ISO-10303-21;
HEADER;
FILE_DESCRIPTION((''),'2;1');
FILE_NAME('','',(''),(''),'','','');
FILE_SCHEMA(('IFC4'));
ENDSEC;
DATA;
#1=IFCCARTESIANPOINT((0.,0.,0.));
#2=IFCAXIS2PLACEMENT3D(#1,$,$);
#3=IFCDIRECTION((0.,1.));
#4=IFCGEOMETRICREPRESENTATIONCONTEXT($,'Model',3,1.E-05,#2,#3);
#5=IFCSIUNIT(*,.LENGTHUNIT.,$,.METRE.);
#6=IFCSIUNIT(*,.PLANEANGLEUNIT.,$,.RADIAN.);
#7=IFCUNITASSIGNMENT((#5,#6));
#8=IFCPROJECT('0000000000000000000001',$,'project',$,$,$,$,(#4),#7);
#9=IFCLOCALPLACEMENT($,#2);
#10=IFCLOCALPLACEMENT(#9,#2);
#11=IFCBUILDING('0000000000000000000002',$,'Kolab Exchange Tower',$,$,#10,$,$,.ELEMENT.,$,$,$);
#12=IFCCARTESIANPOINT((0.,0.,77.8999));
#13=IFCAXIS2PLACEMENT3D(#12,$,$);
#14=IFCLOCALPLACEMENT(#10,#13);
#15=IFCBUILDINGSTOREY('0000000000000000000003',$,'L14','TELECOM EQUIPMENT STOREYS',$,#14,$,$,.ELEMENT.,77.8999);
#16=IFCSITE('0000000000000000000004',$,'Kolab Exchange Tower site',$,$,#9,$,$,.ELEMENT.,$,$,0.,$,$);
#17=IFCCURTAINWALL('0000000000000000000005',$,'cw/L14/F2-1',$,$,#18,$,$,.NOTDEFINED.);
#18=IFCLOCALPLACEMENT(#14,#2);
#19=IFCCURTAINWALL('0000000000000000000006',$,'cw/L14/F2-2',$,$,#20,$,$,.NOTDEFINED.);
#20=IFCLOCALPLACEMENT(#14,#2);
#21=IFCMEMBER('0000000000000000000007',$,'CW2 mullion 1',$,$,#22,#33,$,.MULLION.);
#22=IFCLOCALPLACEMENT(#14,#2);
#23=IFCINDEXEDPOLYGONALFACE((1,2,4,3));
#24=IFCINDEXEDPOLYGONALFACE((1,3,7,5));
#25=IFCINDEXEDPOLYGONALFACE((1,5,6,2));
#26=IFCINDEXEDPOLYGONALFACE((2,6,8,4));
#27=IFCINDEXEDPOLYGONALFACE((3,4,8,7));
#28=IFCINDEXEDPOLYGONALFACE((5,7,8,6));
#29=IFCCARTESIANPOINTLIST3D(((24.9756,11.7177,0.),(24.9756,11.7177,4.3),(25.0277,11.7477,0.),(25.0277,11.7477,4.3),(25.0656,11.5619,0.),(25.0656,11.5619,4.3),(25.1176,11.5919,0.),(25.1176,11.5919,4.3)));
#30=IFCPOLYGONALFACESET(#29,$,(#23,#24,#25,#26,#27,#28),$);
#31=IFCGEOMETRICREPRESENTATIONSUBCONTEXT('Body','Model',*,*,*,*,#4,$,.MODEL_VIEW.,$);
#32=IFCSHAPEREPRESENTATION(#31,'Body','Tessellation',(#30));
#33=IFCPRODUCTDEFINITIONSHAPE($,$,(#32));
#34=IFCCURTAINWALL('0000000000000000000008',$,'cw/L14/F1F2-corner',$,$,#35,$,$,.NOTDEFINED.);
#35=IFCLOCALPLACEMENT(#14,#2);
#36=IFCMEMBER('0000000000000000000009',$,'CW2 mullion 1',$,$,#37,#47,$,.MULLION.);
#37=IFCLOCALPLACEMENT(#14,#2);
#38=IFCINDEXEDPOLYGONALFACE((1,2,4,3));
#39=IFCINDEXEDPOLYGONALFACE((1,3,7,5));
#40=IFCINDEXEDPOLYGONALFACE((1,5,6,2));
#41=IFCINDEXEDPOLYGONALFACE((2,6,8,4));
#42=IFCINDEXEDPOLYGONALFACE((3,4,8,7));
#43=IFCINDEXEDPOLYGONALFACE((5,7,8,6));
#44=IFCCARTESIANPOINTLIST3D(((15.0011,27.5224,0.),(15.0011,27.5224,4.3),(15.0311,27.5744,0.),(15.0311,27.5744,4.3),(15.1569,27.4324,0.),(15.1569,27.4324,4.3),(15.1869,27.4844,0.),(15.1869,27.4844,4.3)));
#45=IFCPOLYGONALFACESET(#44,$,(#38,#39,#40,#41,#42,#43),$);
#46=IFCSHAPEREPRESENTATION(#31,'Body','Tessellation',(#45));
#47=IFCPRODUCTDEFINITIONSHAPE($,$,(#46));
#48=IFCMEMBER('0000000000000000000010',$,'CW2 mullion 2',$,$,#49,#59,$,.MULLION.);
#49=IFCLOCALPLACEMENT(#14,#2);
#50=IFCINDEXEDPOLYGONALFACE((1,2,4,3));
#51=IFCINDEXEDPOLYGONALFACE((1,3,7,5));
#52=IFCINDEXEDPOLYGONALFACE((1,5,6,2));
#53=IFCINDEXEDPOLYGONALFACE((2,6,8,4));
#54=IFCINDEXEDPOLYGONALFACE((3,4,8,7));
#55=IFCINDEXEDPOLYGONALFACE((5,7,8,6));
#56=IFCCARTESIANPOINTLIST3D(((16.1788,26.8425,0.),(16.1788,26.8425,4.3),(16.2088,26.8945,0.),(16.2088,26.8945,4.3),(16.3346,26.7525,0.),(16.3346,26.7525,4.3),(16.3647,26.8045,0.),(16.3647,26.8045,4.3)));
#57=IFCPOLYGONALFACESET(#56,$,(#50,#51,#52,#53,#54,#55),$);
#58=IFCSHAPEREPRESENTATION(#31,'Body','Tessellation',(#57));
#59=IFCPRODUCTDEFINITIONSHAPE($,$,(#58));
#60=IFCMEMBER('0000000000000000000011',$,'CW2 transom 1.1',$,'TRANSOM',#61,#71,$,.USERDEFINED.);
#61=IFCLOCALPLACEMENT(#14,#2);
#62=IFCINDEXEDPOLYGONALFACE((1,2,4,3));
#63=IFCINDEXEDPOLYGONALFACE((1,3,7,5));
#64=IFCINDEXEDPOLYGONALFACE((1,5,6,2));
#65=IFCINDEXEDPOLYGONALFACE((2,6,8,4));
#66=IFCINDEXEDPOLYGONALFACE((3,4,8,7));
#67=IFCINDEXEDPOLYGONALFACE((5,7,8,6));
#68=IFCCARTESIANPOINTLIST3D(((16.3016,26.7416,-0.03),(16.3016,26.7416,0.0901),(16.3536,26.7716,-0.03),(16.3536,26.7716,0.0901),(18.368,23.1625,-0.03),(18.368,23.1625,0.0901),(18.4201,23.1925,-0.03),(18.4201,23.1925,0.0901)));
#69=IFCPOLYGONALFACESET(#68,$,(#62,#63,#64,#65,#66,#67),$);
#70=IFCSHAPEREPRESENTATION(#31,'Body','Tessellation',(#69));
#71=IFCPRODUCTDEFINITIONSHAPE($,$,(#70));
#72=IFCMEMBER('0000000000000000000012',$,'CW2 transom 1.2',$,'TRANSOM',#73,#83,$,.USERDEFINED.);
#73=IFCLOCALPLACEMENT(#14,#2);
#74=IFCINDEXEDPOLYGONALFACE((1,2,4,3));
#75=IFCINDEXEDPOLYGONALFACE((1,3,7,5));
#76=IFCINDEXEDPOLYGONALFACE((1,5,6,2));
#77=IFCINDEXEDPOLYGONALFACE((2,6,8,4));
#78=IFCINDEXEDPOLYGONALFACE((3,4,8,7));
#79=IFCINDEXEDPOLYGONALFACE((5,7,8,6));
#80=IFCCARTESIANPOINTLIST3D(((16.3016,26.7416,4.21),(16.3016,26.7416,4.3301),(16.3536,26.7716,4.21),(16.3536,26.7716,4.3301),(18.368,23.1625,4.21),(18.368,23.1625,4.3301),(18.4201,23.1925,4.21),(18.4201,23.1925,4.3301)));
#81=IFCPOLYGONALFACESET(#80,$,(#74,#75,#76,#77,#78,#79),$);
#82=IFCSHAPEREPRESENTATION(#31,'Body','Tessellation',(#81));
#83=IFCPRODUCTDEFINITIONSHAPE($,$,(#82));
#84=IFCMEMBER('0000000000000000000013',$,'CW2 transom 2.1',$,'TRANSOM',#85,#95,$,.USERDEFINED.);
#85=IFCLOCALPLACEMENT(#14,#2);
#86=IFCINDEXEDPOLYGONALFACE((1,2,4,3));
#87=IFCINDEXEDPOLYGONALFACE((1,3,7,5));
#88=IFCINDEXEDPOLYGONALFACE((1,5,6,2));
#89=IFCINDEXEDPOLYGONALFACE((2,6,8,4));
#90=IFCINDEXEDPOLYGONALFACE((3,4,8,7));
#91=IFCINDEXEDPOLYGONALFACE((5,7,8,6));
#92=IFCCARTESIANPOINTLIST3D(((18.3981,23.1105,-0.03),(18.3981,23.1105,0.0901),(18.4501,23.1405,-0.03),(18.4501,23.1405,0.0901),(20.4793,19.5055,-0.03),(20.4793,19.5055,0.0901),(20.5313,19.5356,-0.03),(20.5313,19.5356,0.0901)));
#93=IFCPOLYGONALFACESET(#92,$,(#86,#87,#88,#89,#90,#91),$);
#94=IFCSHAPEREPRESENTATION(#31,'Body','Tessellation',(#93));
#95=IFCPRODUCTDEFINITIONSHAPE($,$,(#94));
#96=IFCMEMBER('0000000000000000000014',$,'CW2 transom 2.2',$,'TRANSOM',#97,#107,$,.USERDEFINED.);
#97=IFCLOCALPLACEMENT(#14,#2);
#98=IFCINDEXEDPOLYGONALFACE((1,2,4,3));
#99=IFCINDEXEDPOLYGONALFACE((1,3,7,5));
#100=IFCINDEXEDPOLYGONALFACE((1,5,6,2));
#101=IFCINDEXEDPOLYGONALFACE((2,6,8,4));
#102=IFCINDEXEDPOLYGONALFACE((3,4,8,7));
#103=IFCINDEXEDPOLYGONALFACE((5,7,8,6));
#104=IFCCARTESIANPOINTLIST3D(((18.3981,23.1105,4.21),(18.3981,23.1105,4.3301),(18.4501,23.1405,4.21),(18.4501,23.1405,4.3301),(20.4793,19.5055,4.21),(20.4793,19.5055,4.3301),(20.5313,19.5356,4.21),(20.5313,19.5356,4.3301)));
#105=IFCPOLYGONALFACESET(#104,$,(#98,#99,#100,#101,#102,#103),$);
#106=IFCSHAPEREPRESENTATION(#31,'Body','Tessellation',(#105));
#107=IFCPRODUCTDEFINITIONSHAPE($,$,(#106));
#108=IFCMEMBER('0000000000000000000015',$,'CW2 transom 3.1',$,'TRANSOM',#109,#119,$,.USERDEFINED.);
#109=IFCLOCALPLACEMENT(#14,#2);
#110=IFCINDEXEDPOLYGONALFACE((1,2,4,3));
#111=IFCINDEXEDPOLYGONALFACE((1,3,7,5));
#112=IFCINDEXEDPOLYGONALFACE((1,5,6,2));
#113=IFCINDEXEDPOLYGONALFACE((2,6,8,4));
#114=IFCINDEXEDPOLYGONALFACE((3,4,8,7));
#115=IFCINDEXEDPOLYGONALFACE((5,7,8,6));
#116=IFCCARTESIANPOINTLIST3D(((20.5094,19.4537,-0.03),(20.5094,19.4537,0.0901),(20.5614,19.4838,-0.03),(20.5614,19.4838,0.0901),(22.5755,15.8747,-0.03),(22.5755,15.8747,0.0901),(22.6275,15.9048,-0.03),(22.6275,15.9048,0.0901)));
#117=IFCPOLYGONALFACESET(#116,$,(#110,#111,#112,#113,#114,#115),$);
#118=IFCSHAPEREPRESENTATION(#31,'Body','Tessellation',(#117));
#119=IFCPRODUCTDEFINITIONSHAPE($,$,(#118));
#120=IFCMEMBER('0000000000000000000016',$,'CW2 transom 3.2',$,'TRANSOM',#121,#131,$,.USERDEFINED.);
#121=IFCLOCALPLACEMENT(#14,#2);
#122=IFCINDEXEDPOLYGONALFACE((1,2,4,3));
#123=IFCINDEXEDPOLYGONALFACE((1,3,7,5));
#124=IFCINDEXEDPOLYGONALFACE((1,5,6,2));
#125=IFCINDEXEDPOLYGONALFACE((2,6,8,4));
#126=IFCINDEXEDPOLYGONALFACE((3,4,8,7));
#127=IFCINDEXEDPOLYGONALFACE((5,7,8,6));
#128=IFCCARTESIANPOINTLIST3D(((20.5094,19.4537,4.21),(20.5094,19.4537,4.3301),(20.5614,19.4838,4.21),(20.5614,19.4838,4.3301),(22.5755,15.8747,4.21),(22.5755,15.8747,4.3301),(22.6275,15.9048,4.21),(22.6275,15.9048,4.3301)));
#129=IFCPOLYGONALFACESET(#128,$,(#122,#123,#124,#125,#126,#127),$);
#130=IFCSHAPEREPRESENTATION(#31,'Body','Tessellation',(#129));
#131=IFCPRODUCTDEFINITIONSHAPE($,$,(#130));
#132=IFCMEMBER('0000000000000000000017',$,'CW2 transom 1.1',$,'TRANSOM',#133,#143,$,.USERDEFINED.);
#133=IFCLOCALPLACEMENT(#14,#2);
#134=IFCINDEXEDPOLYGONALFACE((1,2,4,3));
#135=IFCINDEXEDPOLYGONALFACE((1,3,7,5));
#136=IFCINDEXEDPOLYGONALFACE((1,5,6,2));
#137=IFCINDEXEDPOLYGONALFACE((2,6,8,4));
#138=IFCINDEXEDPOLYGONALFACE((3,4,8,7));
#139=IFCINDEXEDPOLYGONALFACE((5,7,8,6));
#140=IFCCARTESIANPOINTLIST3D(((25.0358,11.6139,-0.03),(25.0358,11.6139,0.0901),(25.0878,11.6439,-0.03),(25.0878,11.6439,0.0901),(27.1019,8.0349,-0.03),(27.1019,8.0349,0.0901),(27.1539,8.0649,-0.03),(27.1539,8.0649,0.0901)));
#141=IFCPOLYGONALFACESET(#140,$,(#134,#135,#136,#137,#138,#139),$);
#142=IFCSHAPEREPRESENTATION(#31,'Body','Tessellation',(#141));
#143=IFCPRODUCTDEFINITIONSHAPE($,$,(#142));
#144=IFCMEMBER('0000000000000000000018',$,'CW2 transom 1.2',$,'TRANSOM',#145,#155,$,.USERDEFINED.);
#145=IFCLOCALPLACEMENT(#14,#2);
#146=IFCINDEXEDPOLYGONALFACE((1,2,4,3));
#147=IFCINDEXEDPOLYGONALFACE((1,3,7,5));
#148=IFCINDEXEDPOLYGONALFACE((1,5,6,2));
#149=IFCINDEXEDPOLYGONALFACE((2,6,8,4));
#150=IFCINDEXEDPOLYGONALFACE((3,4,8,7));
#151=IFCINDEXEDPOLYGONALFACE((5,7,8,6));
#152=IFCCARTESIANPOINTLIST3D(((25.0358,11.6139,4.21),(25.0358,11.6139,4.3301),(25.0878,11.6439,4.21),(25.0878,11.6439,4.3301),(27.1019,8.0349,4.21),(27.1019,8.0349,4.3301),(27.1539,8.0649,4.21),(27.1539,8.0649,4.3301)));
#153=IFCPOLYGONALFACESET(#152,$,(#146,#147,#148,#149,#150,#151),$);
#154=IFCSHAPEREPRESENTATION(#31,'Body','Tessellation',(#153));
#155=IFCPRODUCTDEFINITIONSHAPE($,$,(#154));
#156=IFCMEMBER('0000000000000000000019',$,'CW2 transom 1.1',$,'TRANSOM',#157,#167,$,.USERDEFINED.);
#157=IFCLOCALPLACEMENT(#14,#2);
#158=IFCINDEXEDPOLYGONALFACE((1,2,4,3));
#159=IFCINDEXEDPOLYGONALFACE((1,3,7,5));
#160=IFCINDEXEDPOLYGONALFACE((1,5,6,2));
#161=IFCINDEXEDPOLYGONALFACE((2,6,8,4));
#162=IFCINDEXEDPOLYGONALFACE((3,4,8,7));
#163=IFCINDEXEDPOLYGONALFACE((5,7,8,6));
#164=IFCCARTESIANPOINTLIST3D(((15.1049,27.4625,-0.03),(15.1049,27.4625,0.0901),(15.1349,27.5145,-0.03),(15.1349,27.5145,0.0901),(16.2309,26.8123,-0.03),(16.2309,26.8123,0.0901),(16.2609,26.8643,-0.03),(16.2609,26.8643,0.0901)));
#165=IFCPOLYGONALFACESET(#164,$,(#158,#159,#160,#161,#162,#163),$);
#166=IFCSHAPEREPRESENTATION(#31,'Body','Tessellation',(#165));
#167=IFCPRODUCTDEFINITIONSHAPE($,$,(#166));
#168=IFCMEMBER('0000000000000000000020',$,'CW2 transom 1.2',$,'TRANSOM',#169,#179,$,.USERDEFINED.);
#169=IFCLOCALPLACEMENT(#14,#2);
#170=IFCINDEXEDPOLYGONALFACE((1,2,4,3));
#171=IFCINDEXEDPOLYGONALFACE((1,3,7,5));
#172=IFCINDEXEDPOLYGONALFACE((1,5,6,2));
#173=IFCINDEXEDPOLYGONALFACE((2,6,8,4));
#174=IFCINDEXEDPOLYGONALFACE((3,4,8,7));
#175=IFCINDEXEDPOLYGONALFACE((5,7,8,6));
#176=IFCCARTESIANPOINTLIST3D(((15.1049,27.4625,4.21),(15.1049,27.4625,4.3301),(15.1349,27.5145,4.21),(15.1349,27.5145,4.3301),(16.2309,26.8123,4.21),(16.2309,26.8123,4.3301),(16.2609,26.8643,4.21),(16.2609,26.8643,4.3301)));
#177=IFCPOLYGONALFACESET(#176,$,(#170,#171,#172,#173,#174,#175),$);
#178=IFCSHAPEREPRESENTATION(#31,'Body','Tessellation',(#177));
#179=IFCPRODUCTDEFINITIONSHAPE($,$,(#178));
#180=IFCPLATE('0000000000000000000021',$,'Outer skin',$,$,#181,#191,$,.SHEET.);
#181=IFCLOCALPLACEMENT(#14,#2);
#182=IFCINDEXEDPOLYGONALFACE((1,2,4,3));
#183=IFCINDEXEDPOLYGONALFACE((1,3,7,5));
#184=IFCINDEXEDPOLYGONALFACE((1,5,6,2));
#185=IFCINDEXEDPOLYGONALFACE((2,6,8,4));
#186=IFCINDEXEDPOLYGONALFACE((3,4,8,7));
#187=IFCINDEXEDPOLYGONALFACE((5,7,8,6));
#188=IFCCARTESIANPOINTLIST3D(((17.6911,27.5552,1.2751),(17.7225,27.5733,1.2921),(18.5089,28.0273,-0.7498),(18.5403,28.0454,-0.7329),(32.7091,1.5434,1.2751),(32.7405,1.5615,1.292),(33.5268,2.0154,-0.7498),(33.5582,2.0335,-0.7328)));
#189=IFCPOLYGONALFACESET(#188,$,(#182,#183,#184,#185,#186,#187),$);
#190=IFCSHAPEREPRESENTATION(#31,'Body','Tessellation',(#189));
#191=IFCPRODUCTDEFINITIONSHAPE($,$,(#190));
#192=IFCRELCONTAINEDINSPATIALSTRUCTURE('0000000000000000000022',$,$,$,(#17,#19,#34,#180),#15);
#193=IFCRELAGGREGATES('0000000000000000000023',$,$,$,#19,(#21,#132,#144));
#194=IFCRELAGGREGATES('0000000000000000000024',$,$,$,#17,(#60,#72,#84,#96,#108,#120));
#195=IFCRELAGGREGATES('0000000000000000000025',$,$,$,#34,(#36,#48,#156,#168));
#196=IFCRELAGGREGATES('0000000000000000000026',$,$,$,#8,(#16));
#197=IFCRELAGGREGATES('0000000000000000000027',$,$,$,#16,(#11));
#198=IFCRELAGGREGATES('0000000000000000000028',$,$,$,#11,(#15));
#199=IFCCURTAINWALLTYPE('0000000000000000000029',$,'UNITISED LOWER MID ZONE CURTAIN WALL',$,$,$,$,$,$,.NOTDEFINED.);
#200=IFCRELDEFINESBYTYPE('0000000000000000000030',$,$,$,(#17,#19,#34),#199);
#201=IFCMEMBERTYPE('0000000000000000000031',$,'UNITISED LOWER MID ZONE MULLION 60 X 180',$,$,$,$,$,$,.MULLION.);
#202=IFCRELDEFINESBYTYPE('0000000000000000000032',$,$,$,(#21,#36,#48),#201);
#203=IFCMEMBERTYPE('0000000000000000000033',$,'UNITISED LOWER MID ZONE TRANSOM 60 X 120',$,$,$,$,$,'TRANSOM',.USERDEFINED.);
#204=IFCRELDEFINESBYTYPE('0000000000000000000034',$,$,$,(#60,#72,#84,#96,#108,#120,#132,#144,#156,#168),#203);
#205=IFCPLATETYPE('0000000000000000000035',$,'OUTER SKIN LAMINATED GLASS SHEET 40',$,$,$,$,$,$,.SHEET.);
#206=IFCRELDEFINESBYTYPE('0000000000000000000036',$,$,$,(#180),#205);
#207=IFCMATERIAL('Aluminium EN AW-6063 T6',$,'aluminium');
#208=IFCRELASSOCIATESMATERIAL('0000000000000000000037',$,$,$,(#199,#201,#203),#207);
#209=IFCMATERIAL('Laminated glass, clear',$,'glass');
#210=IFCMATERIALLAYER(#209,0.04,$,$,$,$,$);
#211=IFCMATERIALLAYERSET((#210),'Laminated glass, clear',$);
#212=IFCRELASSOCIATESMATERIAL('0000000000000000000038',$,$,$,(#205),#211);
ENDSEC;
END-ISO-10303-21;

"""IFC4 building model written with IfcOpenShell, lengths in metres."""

from ifc_helpers import new_model, si_unit, direction, frame, origin, origin_2d, place, context, subcontext, project, spatial, polyline, rectangle, outline, extrude, material, layer, layer_set, material_profile, profile_set, type_object, element, aggregate, save


model = new_model("IFC4")

# Units and contexts
model_context = context("Model", 3, precision=1e-05, world=origin(), true_north=direction((0.0, 1.0)))
body_context = subcontext(model_context, "Body", "Model", "MODEL_VIEW")
ifc_project = project(units=[si_unit("LENGTHUNIT", "METRE"), si_unit("PLANEANGLEUNIT", "RADIAN")], contexts=[model_context])

# Site, building, storey
site_placement = place(None, origin())
site = spatial("IfcSite", under=ifc_project, at=site_placement, Name="Kolab Exchange Tower site", CompositionType="ELEMENT", RefElevation=0.0)
building_placement = place(site_placement, origin())
building = spatial("IfcBuilding", under=site, at=building_placement, Name="Kolab Exchange Tower", CompositionType="ELEMENT")
storey_placement = place(building_placement, frame((0.0, 0.0, 77.8999)))
storey = spatial("IfcBuildingStorey", under=building, at=storey_placement, Name="L14", Description="TELECOM EQUIPMENT STOREYS", CompositionType="ELEMENT", Elevation=77.8999)

# Shared definitions
ifc_material_1 = material(Name="Aluminium EN AW-6063 T6", Category="aluminium")
curtain_wall_type = type_object("IfcCurtainWallType", Name="UNITISED LOWER MID ZONE CURTAIN WALL", PredefinedType="NOTDEFINED", material=ifc_material_1)
ifc_material_profile_1 = material_profile(ifc_material_1, rectangle(XDim=0.0601, YDim=0.1799, at=origin_2d()), Name="RECT 60X180")
ifc_profile_set_1 = profile_set([ifc_material_profile_1], Name="Aluminium EN AW-6063 T6")
member_type_1 = type_object("IfcMemberType", Name="UNITISED LOWER MID ZONE MULLION 60 X 180", PredefinedType="MULLION", material=ifc_profile_set_1)

# Curtain wall
curtain_wall_1_placement = place(storey_placement, origin())
curtain_wall_1 = element("IfcCurtainWall", 1, at=curtain_wall_1_placement, inside=storey, type_object=curtain_wall_type, Name="cw/L14/F2-1", PredefinedType="NOTDEFINED")

# Curtain wall, member
curtain_wall_2_placement = place(storey_placement, origin())
curtain_wall_2 = element("IfcCurtainWall", 2, at=curtain_wall_2_placement, inside=storey, type_object=curtain_wall_type, Name="cw/L14/F2-2", PredefinedType="NOTDEFINED")
member_1_placement = place(storey_placement, frame((25.0466, 11.6548, 0.0), z_axis=(0.0, 0.0, 1.0), x_axis=(0.866025, 0.5, 0.0)))
member_1 = element("IfcMember", 3, at=member_1_placement, type_object=member_type_1, Name="CW2 mullion 1", PredefinedType="MULLION", context=body_context, shape_type="SweptSolid", body=[
    extrude(rectangle(XDim=0.0601, YDim=0.1799, at=origin_2d()), origin(), (0.0, 0.0, 1.0), 4.3),
])

# Curtain wall, members
curtain_wall_3_placement = place(storey_placement, origin())
curtain_wall_3 = element("IfcCurtainWall", 4, at=curtain_wall_3_placement, inside=storey, type_object=curtain_wall_type, Name="cw/L14/F1F2-corner", PredefinedType="NOTDEFINED")
member_2_placement = place(storey_placement, frame((15.094, 27.5034, 0.0), z_axis=(0.0, 0.0, 1.0), x_axis=(0.5, 0.866025, 0.0)))
member_2 = element("IfcMember", 5, at=member_2_placement, type_object=member_type_1, Name="CW2 mullion 1", PredefinedType="MULLION", context=body_context, shape_type="SweptSolid", body=[
    extrude(rectangle(XDim=0.0601, YDim=0.1799, at=origin_2d()), origin(), (0.0, 0.0, 1.0), 4.3),
])
member_3_placement = place(storey_placement, frame((16.2717, 26.8235, 0.0), z_axis=(0.0, 0.0, 1.0), x_axis=(0.5, 0.866025, 0.0)))
member_3 = element("IfcMember", 6, at=member_3_placement, type_object=member_type_1, Name="CW2 mullion 2", PredefinedType="MULLION", context=body_context, shape_type="SweptSolid", body=[
    extrude(rectangle(XDim=0.0601, YDim=0.1799, at=origin_2d()), origin(), (0.0, 0.0, 1.0), 4.3),
])

# Members
ifc_material_profile_2 = material_profile(ifc_material_1, rectangle(XDim=0.0601, YDim=0.1201, at=origin_2d()), Name="RECT 60X120")
ifc_profile_set_2 = profile_set([ifc_material_profile_2], Name="Aluminium EN AW-6063 T6")
member_type_2 = type_object("IfcMemberType", Name="UNITISED LOWER MID ZONE TRANSOM 60 X 120", ElementType="TRANSOM", PredefinedType="USERDEFINED", material=ifc_profile_set_2)
member_4_placement = place(storey_placement, frame((16.3276, 26.7566, 0.03), z_axis=(0.500002, -0.866024, 0.0), x_axis=(0.866024, 0.500002, 0.0)))
member_4 = element("IfcMember", 7, at=member_4_placement, type_object=member_type_2, Name="CW2 transom 1.1", ObjectType="TRANSOM", PredefinedType="USERDEFINED", context=body_context, shape_type="SweptSolid", body=[
    extrude(rectangle(XDim=0.0601, YDim=0.1201, at=origin_2d()), origin(), (0.0, 0.0, 1.0), 4.1328),
])
member_5_placement = place(storey_placement, frame((16.3276, 26.7566, 4.27), z_axis=(0.500002, -0.866024, 0.0), x_axis=(0.866024, 0.500002, 0.0)))
member_5 = element("IfcMember", 8, at=member_5_placement, type_object=member_type_2, Name="CW2 transom 1.2", ObjectType="TRANSOM", PredefinedType="USERDEFINED", context=body_context, shape_type="SweptSolid", body=[
    extrude(rectangle(XDim=0.0601, YDim=0.1201, at=origin_2d()), origin(), (0.0, 0.0, 1.0), 4.1328),
])
member_6_placement = place(storey_placement, frame((18.4241, 23.1255, 0.03), z_axis=(0.499993, -0.866029, 0.0), x_axis=(0.866029, 0.499993, 0.0)))
member_6 = element("IfcMember", 9, at=member_6_placement, type_object=member_type_2, Name="CW2 transom 2.1", ObjectType="TRANSOM", PredefinedType="USERDEFINED", context=body_context, shape_type="SweptSolid", body=[
    extrude(rectangle(XDim=0.0601, YDim=0.1201, at=origin_2d()), origin(), (0.0, 0.0, 1.0), 4.1626),
])
member_7_placement = place(storey_placement, frame((18.4241, 23.1255, 4.27), z_axis=(0.499993, -0.866029, 0.0), x_axis=(0.866029, 0.499993, 0.0)))
member_7 = element("IfcMember", 10, at=member_7_placement, type_object=member_type_2, Name="CW2 transom 2.2", ObjectType="TRANSOM", PredefinedType="USERDEFINED", context=body_context, shape_type="SweptSolid", body=[
    extrude(rectangle(XDim=0.0601, YDim=0.1201, at=origin_2d()), origin(), (0.0, 0.0, 1.0), 4.1626),
])
member_8_placement = place(storey_placement, frame((20.5354, 19.4688, 0.03), z_axis=(0.499958, -0.86605, 0.0), x_axis=(0.86605, 0.499958, 0.0)))
member_8 = element("IfcMember", 11, at=member_8_placement, type_object=member_type_2, Name="CW2 transom 3.1", ObjectType="TRANSOM", PredefinedType="USERDEFINED", context=body_context, shape_type="SweptSolid", body=[
    extrude(rectangle(XDim=0.0601, YDim=0.1201, at=origin_2d()), origin(), (0.0, 0.0, 1.0), 4.1326),
])
member_9_placement = place(storey_placement, frame((20.5354, 19.4688, 4.27), z_axis=(0.499958, -0.86605, 0.0), x_axis=(0.86605, 0.499958, 0.0)))
member_9 = element("IfcMember", 12, at=member_9_placement, type_object=member_type_2, Name="CW2 transom 3.2", ObjectType="TRANSOM", PredefinedType="USERDEFINED", context=body_context, shape_type="SweptSolid", body=[
    extrude(rectangle(XDim=0.0601, YDim=0.1201, at=origin_2d()), origin(), (0.0, 0.0, 1.0), 4.1326),
])
member_10_placement = place(storey_placement, frame((25.0618, 11.6289, 0.03), z_axis=(0.499958, -0.86605, 0.0), x_axis=(0.86605, 0.499958, 0.0)))
member_10 = element("IfcMember", 13, at=member_10_placement, type_object=member_type_2, Name="CW2 transom 1.1", ObjectType="TRANSOM", PredefinedType="USERDEFINED", context=body_context, shape_type="SweptSolid", body=[
    extrude(rectangle(XDim=0.0601, YDim=0.1201, at=origin_2d()), origin(), (0.0, 0.0, 1.0), 4.1326),
])
member_11_placement = place(storey_placement, frame((25.0618, 11.6289, 4.27), z_axis=(0.499958, -0.86605, 0.0), x_axis=(0.86605, 0.499958, 0.0)))
member_11 = element("IfcMember", 14, at=member_11_placement, type_object=member_type_2, Name="CW2 transom 1.2", ObjectType="TRANSOM", PredefinedType="USERDEFINED", context=body_context, shape_type="SweptSolid", body=[
    extrude(rectangle(XDim=0.0601, YDim=0.1201, at=origin_2d()), origin(), (0.0, 0.0, 1.0), 4.1326),
])
aggregate(curtain_wall_2, [member_1, member_10, member_11])
member_12_placement = place(storey_placement, frame((15.1199, 27.4885, 0.03), z_axis=(0.866004, -0.500037, 0.0), x_axis=(0.500037, 0.866004, 0.0)))
member_12 = element("IfcMember", 15, at=member_12_placement, type_object=member_type_2, Name="CW2 transom 1.1", ObjectType="TRANSOM", PredefinedType="USERDEFINED", context=body_context, shape_type="SweptSolid", body=[
    extrude(rectangle(XDim=0.0601, YDim=0.1201, at=origin_2d()), origin(), (0.0, 0.0, 1.0), 1.3003),
])
member_13_placement = place(storey_placement, frame((15.1199, 27.4885, 4.27), z_axis=(0.866004, -0.500037, 0.0), x_axis=(0.500037, 0.866004, 0.0)))
member_13 = element("IfcMember", 16, at=member_13_placement, type_object=member_type_2, Name="CW2 transom 1.2", ObjectType="TRANSOM", PredefinedType="USERDEFINED", context=body_context, shape_type="SweptSolid", body=[
    extrude(rectangle(XDim=0.0601, YDim=0.1201, at=origin_2d()), origin(), (0.0, 0.0, 1.0), 1.3003),
])

# Plate
ifc_material_2 = material(Name="Laminated glass, clear", Category="glass")
ifc_layer_1 = layer(ifc_material_2, 0.04)
ifc_layer_set_1 = layer_set([ifc_layer_1], Name="Laminated glass, clear")
plate_type_1 = type_object("IfcPlateType", Name="OUTER SKIN LAMINATED GLASS SHEET 40", PredefinedType="SHEET", material=ifc_layer_set_1)
plate_1_placement = place(storey_placement, frame((18.5403, 28.0454, -0.7329), z_axis=(0.784887, 0.453155, 0.422613), x_axis=(0.499999, -0.866026, 0.000002)))
element("IfcPlate", 17, at=plate_1_placement, inside=storey, type_object=plate_type_1, Name="Outer skin", PredefinedType="SHEET", context=body_context, shape_type="SweptSolid", body=[
    extrude(outline(polyline([(0.0, 0.0), (30.0359, 0.0), (30.0358, -2.2342), (0.0, -2.2343), (0.0, 0.0)])), origin(), (0.0, 0.0, -1.0), 0.04),
])
aggregate(curtain_wall_1, [member_4, member_5, member_6, member_7, member_8, member_9])
aggregate(curtain_wall_3, [member_2, member_3, member_12, member_13])

save(model, "model.ifc")
